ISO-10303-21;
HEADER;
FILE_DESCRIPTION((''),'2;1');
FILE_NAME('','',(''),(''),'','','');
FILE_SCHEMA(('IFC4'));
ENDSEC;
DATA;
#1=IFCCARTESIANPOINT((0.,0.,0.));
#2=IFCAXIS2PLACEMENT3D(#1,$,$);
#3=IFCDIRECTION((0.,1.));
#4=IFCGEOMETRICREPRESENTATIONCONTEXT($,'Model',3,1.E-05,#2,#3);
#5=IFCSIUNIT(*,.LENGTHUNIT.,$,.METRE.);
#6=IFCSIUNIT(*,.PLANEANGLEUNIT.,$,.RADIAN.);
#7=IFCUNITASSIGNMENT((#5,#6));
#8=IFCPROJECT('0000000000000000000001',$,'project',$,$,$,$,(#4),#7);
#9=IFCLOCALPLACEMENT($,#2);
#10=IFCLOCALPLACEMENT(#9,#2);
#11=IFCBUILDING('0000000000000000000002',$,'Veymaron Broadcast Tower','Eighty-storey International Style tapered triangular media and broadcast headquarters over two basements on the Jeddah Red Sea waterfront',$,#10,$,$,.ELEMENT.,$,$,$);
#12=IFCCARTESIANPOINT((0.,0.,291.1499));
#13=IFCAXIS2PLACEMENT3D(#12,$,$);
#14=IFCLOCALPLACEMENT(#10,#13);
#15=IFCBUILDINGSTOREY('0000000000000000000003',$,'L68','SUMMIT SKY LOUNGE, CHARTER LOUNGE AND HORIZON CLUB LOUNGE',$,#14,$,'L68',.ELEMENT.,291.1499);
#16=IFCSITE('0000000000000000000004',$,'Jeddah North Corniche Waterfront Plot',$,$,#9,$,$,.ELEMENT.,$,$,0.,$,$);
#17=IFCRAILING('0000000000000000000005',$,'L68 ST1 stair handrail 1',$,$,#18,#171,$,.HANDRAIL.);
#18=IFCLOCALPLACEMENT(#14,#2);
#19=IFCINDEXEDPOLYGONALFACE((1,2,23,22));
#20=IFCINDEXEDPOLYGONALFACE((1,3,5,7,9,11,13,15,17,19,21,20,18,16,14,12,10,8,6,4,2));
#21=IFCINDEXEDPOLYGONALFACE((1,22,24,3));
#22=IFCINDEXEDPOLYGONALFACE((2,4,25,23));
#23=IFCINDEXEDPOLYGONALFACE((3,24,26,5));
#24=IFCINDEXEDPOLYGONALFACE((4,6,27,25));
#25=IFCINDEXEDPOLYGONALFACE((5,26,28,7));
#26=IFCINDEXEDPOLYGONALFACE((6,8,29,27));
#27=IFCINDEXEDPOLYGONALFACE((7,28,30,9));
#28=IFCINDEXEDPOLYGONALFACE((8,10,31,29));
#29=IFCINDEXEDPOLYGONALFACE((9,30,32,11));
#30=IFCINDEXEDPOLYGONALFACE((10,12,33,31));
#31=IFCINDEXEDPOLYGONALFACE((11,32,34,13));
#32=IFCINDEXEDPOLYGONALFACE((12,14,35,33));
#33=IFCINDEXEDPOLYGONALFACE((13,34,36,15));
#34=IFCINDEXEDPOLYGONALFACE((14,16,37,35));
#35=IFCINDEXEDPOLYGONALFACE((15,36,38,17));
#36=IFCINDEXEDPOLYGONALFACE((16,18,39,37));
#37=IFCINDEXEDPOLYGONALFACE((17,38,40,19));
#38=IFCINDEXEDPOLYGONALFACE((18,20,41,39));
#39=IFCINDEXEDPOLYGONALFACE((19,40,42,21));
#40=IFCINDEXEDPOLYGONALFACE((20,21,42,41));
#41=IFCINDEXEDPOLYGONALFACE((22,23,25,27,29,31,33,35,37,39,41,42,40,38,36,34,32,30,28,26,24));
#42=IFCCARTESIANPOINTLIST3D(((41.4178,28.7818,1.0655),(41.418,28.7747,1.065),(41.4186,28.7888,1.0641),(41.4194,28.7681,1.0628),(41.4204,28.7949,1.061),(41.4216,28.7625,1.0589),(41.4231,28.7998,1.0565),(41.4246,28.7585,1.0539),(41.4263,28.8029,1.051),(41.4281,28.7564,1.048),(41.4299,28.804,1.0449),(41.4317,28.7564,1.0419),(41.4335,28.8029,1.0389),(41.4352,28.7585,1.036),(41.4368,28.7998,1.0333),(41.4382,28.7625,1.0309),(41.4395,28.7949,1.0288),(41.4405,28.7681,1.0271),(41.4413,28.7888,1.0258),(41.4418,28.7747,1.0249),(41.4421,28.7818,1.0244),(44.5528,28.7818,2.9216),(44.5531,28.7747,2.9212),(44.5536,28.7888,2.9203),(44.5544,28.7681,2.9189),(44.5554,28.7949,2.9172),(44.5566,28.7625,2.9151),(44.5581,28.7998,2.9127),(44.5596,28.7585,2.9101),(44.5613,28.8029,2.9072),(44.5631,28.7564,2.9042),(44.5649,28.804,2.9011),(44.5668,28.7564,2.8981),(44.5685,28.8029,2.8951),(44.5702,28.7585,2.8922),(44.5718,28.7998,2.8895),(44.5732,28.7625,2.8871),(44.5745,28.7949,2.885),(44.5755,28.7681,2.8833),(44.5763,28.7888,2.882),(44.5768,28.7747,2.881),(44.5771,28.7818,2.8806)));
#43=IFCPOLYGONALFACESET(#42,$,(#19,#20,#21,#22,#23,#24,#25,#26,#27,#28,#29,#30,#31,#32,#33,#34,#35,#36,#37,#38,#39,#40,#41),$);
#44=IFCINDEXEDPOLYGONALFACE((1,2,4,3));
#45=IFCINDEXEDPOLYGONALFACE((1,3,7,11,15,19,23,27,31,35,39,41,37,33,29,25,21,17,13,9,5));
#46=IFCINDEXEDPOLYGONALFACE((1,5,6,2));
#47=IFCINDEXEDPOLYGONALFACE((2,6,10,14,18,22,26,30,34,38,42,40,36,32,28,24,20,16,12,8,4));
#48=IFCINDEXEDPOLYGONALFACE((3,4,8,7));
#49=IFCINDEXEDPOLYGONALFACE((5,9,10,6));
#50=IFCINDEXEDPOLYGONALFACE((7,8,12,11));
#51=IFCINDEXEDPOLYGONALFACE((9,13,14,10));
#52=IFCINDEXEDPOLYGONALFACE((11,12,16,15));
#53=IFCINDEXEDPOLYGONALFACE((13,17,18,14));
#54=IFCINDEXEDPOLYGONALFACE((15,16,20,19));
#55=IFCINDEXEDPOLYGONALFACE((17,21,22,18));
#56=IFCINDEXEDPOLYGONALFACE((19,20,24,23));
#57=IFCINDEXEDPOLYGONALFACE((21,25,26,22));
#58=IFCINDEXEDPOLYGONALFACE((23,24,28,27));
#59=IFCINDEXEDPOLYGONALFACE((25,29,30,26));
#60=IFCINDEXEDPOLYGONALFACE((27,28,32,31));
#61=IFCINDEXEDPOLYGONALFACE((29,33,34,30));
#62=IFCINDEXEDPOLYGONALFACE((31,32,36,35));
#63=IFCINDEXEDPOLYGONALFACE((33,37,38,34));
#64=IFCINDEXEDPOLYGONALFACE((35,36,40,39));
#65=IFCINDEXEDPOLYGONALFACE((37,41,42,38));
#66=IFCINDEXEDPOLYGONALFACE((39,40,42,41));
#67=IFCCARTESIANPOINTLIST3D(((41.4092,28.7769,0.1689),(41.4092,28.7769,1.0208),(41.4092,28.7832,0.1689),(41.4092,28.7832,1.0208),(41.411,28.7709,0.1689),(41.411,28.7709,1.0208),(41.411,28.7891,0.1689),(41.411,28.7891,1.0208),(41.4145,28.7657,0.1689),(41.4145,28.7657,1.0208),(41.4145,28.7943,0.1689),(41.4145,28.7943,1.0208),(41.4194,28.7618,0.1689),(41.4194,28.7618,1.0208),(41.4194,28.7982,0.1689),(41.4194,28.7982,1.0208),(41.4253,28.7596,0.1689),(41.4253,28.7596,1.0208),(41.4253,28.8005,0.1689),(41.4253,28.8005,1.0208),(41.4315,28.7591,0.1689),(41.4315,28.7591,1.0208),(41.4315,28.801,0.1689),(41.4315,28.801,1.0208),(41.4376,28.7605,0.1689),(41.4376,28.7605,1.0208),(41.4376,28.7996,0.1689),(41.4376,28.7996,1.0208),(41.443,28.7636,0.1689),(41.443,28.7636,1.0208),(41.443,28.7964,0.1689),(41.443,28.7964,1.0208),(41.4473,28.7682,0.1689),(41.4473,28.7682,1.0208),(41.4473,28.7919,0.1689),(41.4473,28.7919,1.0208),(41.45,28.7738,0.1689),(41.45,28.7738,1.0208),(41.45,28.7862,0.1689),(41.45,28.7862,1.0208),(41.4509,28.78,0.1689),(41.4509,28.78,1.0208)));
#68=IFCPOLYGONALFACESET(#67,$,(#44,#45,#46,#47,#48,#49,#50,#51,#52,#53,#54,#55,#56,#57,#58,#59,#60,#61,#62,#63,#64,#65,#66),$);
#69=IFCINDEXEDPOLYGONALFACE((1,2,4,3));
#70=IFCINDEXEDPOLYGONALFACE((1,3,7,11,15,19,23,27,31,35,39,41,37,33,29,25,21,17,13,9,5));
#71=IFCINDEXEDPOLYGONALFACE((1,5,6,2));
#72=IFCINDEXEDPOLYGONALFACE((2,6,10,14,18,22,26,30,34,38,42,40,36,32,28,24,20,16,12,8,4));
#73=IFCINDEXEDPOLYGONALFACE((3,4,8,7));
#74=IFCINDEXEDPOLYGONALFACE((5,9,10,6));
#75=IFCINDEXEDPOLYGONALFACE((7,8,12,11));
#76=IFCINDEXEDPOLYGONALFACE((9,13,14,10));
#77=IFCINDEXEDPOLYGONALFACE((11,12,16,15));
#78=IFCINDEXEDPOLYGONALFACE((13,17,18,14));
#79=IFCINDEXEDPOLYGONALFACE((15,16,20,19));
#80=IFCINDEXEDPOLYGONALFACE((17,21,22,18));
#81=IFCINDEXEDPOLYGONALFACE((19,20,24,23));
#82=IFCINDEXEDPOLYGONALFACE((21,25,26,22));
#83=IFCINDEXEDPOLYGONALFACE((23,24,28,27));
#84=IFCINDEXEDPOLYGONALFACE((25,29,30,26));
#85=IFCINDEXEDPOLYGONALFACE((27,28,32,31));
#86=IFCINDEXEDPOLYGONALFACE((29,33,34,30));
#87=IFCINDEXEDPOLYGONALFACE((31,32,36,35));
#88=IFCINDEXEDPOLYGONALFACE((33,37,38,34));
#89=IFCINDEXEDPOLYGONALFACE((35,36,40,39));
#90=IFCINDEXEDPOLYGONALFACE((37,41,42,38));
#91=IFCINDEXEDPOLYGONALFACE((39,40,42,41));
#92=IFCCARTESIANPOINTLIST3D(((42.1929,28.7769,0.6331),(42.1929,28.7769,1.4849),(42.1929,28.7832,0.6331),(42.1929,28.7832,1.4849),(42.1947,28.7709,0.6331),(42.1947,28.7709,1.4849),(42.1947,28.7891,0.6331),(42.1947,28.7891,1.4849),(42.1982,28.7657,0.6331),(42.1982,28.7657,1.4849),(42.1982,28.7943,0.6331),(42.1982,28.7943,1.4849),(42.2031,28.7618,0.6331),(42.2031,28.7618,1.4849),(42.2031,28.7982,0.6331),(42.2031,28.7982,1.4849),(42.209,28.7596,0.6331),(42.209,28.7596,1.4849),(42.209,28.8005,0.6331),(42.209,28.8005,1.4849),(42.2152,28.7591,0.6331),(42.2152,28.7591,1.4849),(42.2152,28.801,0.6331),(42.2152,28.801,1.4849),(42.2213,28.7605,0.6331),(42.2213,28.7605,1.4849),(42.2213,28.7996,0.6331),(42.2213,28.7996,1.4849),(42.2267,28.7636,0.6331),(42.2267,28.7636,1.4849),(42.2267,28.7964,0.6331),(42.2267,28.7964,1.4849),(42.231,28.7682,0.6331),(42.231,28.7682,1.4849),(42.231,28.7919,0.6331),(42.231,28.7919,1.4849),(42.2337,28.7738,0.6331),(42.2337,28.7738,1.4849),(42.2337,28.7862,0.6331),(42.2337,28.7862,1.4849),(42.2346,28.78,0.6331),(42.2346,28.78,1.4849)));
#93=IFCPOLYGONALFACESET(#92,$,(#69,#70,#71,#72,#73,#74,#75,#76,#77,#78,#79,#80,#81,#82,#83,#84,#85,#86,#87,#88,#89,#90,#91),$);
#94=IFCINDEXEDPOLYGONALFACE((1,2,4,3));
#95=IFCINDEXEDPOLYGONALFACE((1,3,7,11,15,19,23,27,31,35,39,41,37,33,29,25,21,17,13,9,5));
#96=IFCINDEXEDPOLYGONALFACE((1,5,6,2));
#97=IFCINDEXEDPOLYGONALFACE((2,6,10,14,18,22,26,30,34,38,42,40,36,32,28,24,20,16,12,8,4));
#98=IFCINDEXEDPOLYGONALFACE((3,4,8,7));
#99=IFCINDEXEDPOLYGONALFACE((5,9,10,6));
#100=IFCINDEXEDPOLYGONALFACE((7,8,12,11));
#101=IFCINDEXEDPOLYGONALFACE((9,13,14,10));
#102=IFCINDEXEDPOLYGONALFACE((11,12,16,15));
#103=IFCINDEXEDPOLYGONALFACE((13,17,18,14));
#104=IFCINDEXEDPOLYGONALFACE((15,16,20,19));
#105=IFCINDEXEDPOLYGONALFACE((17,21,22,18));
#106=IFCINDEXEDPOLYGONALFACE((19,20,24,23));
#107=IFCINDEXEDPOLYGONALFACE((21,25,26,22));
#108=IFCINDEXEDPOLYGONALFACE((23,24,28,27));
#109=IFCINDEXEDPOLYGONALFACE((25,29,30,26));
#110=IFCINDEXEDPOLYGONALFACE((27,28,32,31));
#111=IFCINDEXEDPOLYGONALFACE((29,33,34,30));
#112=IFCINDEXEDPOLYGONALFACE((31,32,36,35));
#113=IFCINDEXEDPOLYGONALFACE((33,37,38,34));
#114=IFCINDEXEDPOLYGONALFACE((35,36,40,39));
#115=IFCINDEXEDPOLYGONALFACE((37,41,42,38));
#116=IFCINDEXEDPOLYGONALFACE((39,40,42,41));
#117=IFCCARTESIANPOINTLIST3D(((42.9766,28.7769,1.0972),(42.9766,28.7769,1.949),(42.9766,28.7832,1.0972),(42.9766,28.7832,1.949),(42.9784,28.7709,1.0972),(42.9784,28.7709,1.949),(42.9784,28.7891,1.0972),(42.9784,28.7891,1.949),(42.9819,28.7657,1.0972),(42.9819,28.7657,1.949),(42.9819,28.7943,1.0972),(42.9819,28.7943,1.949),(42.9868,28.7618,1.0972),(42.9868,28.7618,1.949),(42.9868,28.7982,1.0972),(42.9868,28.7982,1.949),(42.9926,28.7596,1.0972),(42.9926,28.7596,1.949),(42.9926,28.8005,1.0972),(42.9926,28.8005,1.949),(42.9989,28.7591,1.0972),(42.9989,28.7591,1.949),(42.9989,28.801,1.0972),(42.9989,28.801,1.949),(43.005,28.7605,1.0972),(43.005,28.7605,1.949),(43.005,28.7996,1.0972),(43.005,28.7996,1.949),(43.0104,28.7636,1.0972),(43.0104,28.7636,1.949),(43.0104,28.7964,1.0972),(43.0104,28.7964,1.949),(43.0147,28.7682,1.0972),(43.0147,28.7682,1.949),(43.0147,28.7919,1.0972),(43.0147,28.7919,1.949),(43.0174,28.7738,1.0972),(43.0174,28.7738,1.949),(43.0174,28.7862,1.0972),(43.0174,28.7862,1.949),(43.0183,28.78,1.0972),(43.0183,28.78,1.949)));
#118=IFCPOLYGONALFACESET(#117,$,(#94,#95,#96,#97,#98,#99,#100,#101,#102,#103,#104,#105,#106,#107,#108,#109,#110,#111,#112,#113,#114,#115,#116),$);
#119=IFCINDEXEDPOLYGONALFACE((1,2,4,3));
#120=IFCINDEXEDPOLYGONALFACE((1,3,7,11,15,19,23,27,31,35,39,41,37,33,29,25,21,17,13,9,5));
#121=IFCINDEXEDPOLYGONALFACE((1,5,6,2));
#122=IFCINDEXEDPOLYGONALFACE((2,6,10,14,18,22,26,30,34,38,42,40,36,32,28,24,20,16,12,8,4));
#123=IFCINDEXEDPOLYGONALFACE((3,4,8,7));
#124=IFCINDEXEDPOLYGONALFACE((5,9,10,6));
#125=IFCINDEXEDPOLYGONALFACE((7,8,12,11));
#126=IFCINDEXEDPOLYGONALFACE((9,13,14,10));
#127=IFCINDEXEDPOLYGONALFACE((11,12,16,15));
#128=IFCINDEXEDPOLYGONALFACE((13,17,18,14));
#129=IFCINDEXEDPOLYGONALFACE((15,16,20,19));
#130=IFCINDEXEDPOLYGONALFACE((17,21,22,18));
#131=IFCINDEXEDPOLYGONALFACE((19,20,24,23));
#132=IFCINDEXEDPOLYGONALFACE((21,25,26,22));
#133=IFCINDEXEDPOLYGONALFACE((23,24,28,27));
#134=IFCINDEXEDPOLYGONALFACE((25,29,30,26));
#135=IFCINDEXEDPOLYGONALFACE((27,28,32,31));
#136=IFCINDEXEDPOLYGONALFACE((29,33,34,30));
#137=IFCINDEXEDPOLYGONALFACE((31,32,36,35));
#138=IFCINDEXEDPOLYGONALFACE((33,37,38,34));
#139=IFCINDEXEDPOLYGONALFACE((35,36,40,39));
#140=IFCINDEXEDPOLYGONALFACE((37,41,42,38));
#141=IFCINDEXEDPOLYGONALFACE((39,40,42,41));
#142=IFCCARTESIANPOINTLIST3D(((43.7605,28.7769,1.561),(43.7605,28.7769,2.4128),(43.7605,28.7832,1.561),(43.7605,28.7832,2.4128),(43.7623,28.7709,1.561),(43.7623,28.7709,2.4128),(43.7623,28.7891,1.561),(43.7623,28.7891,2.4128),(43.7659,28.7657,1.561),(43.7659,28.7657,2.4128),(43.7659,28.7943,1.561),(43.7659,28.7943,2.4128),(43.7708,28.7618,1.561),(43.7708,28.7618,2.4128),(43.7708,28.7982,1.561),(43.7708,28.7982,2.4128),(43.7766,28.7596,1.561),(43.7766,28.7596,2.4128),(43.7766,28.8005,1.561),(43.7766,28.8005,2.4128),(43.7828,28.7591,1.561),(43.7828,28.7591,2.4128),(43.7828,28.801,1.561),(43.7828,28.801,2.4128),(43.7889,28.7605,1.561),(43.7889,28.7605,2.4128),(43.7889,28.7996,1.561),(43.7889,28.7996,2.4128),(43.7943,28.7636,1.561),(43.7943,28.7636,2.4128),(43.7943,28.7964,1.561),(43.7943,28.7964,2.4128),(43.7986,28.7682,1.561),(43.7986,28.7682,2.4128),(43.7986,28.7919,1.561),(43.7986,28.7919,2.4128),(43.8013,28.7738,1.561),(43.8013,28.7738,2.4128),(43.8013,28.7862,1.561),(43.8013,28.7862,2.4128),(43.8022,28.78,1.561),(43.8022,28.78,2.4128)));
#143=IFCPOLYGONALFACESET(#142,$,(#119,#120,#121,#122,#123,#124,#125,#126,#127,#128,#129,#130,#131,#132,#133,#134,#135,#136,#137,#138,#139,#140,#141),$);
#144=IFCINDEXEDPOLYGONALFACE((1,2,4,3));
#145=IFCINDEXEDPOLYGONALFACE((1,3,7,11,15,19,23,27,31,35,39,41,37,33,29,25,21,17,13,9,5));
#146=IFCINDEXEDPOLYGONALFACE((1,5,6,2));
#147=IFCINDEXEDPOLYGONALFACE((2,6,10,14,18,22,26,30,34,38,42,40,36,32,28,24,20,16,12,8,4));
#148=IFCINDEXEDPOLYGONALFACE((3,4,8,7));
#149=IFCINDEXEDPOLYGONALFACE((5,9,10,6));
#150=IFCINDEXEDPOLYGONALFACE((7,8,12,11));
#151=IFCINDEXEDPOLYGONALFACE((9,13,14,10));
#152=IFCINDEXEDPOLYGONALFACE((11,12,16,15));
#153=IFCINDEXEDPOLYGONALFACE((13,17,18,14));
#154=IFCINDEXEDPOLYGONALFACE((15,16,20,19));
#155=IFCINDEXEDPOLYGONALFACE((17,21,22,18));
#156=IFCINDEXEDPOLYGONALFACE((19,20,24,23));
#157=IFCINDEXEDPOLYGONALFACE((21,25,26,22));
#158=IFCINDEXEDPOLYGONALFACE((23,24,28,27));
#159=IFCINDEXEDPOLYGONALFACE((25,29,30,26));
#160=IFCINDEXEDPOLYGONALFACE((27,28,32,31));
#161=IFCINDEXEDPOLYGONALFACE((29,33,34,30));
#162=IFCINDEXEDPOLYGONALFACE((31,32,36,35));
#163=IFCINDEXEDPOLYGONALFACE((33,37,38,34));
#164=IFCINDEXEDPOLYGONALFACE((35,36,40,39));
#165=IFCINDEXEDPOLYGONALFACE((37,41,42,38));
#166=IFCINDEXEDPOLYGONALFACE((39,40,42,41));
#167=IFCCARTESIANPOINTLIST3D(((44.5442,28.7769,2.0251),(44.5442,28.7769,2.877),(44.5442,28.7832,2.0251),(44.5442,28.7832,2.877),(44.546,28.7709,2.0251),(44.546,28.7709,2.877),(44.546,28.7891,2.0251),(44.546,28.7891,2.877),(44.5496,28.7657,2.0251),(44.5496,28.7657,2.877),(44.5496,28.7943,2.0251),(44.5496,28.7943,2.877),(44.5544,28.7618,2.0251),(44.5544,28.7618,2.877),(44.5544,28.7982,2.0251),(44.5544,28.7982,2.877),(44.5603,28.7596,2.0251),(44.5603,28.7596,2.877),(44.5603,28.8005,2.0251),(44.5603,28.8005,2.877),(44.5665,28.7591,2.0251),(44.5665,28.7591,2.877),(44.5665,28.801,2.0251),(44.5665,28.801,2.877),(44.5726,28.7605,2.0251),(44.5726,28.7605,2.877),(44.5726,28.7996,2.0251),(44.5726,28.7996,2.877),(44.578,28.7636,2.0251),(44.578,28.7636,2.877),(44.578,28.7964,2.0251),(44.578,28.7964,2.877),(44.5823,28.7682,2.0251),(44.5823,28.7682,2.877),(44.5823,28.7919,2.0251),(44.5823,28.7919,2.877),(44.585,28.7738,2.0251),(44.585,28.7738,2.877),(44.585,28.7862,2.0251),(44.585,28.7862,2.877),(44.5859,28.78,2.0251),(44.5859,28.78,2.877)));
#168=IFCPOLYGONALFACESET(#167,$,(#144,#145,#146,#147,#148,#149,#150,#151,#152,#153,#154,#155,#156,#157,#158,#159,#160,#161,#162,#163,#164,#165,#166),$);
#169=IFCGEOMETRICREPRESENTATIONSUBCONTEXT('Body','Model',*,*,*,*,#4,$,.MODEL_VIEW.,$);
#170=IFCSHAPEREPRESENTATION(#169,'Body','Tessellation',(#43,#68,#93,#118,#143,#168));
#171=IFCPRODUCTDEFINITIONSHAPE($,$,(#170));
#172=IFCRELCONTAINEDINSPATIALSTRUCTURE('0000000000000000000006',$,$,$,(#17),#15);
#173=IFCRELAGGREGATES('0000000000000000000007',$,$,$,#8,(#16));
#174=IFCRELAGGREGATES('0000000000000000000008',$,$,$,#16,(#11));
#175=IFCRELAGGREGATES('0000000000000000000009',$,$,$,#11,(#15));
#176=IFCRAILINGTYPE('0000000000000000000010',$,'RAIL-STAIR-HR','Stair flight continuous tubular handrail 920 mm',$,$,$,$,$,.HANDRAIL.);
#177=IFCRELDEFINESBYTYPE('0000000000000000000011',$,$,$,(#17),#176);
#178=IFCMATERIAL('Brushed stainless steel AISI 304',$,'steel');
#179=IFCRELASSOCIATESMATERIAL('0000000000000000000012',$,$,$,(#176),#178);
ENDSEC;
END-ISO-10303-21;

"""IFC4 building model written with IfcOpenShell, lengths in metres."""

from ifc_helpers import new_model, si_unit, direction, frame, origin, origin_2d, place, context, subcontext, project, spatial, circle, extrude, material, type_object, element, save


model = new_model("IFC4")

# Units and contexts
model_context = context("Model", 3, precision=1e-05, world=origin(), true_north=direction((0.0, 1.0)))
body_context = subcontext(model_context, "Body", "Model", "MODEL_VIEW")
ifc_project = project(units=[si_unit("LENGTHUNIT", "METRE"), si_unit("PLANEANGLEUNIT", "RADIAN")], contexts=[model_context])

# Site, building, storey
site_placement = place(None, origin())
site = spatial("IfcSite", under=ifc_project, at=site_placement, Name="Jeddah North Corniche Waterfront Plot", CompositionType="ELEMENT", RefElevation=0.0)
building_placement = place(site_placement, origin())
building = spatial("IfcBuilding", under=site, at=building_placement, Name="Veymaron Broadcast Tower", Description="Eighty-storey International Style tapered triangular media and broadcast headquarters over two basements on the Jeddah Red Sea waterfront", CompositionType="ELEMENT")
storey_placement = place(building_placement, frame((0.0, 0.0, 291.1499)))
storey = spatial("IfcBuildingStorey", under=building, at=storey_placement, Name="L68", Description="SUMMIT SKY LOUNGE, CHARTER LOUNGE AND HORIZON CLUB LOUNGE", LongName="L68", CompositionType="ELEMENT", Elevation=291.1499)

# Railing
ifc_material_1 = material(Name="Brushed stainless steel AISI 304", Category="steel")
railing_type_1 = type_object("IfcRailingType", Name="RAIL-STAIR-HR", Description="Stair flight continuous tubular handrail 920 mm", PredefinedType="HANDRAIL", material=ifc_material_1)
railing_1_placement = place(storey_placement, frame((41.4299, 28.78, 0.1689)))
element("IfcRailing", 1, at=railing_1_placement, inside=storey, type_object=railing_type_1, Name="L68 ST1 stair handrail 1", PredefinedType="HANDRAIL", context=body_context, shape_type="SweptSolid", body=[
    extrude(circle(Radius=0.0239, at=origin_2d()), frame((0.0, 0.0, 0.876), z_axis=(0.860482, 0.0, 0.509481), x_axis=(0.0, 1.0, 0.0)), (0.0, 0.0, 1.0), 3.6433),
    extrude(circle(Radius=0.021, at=origin_2d()), origin(), (0.0, 0.0, 1.0), 0.8518),
    extrude(circle(Radius=0.021, at=origin_2d()), frame((0.7837, 0.0, 0.4641)), (0.0, 0.0, 1.0), 0.8518),
    extrude(circle(Radius=0.021, at=origin_2d()), frame((1.5674, 0.0, 0.9282)), (0.0, 0.0, 1.0), 0.8518),
    extrude(circle(Radius=0.021, at=origin_2d()), frame((2.3513, 0.0, 1.3921)), (0.0, 0.0, 1.0), 0.8518),
    extrude(circle(Radius=0.021, at=origin_2d()), frame((3.135, 0.0, 1.8562)), (0.0, 0.0, 1.0), 0.8518),
])

save(model, "model.ifc")
